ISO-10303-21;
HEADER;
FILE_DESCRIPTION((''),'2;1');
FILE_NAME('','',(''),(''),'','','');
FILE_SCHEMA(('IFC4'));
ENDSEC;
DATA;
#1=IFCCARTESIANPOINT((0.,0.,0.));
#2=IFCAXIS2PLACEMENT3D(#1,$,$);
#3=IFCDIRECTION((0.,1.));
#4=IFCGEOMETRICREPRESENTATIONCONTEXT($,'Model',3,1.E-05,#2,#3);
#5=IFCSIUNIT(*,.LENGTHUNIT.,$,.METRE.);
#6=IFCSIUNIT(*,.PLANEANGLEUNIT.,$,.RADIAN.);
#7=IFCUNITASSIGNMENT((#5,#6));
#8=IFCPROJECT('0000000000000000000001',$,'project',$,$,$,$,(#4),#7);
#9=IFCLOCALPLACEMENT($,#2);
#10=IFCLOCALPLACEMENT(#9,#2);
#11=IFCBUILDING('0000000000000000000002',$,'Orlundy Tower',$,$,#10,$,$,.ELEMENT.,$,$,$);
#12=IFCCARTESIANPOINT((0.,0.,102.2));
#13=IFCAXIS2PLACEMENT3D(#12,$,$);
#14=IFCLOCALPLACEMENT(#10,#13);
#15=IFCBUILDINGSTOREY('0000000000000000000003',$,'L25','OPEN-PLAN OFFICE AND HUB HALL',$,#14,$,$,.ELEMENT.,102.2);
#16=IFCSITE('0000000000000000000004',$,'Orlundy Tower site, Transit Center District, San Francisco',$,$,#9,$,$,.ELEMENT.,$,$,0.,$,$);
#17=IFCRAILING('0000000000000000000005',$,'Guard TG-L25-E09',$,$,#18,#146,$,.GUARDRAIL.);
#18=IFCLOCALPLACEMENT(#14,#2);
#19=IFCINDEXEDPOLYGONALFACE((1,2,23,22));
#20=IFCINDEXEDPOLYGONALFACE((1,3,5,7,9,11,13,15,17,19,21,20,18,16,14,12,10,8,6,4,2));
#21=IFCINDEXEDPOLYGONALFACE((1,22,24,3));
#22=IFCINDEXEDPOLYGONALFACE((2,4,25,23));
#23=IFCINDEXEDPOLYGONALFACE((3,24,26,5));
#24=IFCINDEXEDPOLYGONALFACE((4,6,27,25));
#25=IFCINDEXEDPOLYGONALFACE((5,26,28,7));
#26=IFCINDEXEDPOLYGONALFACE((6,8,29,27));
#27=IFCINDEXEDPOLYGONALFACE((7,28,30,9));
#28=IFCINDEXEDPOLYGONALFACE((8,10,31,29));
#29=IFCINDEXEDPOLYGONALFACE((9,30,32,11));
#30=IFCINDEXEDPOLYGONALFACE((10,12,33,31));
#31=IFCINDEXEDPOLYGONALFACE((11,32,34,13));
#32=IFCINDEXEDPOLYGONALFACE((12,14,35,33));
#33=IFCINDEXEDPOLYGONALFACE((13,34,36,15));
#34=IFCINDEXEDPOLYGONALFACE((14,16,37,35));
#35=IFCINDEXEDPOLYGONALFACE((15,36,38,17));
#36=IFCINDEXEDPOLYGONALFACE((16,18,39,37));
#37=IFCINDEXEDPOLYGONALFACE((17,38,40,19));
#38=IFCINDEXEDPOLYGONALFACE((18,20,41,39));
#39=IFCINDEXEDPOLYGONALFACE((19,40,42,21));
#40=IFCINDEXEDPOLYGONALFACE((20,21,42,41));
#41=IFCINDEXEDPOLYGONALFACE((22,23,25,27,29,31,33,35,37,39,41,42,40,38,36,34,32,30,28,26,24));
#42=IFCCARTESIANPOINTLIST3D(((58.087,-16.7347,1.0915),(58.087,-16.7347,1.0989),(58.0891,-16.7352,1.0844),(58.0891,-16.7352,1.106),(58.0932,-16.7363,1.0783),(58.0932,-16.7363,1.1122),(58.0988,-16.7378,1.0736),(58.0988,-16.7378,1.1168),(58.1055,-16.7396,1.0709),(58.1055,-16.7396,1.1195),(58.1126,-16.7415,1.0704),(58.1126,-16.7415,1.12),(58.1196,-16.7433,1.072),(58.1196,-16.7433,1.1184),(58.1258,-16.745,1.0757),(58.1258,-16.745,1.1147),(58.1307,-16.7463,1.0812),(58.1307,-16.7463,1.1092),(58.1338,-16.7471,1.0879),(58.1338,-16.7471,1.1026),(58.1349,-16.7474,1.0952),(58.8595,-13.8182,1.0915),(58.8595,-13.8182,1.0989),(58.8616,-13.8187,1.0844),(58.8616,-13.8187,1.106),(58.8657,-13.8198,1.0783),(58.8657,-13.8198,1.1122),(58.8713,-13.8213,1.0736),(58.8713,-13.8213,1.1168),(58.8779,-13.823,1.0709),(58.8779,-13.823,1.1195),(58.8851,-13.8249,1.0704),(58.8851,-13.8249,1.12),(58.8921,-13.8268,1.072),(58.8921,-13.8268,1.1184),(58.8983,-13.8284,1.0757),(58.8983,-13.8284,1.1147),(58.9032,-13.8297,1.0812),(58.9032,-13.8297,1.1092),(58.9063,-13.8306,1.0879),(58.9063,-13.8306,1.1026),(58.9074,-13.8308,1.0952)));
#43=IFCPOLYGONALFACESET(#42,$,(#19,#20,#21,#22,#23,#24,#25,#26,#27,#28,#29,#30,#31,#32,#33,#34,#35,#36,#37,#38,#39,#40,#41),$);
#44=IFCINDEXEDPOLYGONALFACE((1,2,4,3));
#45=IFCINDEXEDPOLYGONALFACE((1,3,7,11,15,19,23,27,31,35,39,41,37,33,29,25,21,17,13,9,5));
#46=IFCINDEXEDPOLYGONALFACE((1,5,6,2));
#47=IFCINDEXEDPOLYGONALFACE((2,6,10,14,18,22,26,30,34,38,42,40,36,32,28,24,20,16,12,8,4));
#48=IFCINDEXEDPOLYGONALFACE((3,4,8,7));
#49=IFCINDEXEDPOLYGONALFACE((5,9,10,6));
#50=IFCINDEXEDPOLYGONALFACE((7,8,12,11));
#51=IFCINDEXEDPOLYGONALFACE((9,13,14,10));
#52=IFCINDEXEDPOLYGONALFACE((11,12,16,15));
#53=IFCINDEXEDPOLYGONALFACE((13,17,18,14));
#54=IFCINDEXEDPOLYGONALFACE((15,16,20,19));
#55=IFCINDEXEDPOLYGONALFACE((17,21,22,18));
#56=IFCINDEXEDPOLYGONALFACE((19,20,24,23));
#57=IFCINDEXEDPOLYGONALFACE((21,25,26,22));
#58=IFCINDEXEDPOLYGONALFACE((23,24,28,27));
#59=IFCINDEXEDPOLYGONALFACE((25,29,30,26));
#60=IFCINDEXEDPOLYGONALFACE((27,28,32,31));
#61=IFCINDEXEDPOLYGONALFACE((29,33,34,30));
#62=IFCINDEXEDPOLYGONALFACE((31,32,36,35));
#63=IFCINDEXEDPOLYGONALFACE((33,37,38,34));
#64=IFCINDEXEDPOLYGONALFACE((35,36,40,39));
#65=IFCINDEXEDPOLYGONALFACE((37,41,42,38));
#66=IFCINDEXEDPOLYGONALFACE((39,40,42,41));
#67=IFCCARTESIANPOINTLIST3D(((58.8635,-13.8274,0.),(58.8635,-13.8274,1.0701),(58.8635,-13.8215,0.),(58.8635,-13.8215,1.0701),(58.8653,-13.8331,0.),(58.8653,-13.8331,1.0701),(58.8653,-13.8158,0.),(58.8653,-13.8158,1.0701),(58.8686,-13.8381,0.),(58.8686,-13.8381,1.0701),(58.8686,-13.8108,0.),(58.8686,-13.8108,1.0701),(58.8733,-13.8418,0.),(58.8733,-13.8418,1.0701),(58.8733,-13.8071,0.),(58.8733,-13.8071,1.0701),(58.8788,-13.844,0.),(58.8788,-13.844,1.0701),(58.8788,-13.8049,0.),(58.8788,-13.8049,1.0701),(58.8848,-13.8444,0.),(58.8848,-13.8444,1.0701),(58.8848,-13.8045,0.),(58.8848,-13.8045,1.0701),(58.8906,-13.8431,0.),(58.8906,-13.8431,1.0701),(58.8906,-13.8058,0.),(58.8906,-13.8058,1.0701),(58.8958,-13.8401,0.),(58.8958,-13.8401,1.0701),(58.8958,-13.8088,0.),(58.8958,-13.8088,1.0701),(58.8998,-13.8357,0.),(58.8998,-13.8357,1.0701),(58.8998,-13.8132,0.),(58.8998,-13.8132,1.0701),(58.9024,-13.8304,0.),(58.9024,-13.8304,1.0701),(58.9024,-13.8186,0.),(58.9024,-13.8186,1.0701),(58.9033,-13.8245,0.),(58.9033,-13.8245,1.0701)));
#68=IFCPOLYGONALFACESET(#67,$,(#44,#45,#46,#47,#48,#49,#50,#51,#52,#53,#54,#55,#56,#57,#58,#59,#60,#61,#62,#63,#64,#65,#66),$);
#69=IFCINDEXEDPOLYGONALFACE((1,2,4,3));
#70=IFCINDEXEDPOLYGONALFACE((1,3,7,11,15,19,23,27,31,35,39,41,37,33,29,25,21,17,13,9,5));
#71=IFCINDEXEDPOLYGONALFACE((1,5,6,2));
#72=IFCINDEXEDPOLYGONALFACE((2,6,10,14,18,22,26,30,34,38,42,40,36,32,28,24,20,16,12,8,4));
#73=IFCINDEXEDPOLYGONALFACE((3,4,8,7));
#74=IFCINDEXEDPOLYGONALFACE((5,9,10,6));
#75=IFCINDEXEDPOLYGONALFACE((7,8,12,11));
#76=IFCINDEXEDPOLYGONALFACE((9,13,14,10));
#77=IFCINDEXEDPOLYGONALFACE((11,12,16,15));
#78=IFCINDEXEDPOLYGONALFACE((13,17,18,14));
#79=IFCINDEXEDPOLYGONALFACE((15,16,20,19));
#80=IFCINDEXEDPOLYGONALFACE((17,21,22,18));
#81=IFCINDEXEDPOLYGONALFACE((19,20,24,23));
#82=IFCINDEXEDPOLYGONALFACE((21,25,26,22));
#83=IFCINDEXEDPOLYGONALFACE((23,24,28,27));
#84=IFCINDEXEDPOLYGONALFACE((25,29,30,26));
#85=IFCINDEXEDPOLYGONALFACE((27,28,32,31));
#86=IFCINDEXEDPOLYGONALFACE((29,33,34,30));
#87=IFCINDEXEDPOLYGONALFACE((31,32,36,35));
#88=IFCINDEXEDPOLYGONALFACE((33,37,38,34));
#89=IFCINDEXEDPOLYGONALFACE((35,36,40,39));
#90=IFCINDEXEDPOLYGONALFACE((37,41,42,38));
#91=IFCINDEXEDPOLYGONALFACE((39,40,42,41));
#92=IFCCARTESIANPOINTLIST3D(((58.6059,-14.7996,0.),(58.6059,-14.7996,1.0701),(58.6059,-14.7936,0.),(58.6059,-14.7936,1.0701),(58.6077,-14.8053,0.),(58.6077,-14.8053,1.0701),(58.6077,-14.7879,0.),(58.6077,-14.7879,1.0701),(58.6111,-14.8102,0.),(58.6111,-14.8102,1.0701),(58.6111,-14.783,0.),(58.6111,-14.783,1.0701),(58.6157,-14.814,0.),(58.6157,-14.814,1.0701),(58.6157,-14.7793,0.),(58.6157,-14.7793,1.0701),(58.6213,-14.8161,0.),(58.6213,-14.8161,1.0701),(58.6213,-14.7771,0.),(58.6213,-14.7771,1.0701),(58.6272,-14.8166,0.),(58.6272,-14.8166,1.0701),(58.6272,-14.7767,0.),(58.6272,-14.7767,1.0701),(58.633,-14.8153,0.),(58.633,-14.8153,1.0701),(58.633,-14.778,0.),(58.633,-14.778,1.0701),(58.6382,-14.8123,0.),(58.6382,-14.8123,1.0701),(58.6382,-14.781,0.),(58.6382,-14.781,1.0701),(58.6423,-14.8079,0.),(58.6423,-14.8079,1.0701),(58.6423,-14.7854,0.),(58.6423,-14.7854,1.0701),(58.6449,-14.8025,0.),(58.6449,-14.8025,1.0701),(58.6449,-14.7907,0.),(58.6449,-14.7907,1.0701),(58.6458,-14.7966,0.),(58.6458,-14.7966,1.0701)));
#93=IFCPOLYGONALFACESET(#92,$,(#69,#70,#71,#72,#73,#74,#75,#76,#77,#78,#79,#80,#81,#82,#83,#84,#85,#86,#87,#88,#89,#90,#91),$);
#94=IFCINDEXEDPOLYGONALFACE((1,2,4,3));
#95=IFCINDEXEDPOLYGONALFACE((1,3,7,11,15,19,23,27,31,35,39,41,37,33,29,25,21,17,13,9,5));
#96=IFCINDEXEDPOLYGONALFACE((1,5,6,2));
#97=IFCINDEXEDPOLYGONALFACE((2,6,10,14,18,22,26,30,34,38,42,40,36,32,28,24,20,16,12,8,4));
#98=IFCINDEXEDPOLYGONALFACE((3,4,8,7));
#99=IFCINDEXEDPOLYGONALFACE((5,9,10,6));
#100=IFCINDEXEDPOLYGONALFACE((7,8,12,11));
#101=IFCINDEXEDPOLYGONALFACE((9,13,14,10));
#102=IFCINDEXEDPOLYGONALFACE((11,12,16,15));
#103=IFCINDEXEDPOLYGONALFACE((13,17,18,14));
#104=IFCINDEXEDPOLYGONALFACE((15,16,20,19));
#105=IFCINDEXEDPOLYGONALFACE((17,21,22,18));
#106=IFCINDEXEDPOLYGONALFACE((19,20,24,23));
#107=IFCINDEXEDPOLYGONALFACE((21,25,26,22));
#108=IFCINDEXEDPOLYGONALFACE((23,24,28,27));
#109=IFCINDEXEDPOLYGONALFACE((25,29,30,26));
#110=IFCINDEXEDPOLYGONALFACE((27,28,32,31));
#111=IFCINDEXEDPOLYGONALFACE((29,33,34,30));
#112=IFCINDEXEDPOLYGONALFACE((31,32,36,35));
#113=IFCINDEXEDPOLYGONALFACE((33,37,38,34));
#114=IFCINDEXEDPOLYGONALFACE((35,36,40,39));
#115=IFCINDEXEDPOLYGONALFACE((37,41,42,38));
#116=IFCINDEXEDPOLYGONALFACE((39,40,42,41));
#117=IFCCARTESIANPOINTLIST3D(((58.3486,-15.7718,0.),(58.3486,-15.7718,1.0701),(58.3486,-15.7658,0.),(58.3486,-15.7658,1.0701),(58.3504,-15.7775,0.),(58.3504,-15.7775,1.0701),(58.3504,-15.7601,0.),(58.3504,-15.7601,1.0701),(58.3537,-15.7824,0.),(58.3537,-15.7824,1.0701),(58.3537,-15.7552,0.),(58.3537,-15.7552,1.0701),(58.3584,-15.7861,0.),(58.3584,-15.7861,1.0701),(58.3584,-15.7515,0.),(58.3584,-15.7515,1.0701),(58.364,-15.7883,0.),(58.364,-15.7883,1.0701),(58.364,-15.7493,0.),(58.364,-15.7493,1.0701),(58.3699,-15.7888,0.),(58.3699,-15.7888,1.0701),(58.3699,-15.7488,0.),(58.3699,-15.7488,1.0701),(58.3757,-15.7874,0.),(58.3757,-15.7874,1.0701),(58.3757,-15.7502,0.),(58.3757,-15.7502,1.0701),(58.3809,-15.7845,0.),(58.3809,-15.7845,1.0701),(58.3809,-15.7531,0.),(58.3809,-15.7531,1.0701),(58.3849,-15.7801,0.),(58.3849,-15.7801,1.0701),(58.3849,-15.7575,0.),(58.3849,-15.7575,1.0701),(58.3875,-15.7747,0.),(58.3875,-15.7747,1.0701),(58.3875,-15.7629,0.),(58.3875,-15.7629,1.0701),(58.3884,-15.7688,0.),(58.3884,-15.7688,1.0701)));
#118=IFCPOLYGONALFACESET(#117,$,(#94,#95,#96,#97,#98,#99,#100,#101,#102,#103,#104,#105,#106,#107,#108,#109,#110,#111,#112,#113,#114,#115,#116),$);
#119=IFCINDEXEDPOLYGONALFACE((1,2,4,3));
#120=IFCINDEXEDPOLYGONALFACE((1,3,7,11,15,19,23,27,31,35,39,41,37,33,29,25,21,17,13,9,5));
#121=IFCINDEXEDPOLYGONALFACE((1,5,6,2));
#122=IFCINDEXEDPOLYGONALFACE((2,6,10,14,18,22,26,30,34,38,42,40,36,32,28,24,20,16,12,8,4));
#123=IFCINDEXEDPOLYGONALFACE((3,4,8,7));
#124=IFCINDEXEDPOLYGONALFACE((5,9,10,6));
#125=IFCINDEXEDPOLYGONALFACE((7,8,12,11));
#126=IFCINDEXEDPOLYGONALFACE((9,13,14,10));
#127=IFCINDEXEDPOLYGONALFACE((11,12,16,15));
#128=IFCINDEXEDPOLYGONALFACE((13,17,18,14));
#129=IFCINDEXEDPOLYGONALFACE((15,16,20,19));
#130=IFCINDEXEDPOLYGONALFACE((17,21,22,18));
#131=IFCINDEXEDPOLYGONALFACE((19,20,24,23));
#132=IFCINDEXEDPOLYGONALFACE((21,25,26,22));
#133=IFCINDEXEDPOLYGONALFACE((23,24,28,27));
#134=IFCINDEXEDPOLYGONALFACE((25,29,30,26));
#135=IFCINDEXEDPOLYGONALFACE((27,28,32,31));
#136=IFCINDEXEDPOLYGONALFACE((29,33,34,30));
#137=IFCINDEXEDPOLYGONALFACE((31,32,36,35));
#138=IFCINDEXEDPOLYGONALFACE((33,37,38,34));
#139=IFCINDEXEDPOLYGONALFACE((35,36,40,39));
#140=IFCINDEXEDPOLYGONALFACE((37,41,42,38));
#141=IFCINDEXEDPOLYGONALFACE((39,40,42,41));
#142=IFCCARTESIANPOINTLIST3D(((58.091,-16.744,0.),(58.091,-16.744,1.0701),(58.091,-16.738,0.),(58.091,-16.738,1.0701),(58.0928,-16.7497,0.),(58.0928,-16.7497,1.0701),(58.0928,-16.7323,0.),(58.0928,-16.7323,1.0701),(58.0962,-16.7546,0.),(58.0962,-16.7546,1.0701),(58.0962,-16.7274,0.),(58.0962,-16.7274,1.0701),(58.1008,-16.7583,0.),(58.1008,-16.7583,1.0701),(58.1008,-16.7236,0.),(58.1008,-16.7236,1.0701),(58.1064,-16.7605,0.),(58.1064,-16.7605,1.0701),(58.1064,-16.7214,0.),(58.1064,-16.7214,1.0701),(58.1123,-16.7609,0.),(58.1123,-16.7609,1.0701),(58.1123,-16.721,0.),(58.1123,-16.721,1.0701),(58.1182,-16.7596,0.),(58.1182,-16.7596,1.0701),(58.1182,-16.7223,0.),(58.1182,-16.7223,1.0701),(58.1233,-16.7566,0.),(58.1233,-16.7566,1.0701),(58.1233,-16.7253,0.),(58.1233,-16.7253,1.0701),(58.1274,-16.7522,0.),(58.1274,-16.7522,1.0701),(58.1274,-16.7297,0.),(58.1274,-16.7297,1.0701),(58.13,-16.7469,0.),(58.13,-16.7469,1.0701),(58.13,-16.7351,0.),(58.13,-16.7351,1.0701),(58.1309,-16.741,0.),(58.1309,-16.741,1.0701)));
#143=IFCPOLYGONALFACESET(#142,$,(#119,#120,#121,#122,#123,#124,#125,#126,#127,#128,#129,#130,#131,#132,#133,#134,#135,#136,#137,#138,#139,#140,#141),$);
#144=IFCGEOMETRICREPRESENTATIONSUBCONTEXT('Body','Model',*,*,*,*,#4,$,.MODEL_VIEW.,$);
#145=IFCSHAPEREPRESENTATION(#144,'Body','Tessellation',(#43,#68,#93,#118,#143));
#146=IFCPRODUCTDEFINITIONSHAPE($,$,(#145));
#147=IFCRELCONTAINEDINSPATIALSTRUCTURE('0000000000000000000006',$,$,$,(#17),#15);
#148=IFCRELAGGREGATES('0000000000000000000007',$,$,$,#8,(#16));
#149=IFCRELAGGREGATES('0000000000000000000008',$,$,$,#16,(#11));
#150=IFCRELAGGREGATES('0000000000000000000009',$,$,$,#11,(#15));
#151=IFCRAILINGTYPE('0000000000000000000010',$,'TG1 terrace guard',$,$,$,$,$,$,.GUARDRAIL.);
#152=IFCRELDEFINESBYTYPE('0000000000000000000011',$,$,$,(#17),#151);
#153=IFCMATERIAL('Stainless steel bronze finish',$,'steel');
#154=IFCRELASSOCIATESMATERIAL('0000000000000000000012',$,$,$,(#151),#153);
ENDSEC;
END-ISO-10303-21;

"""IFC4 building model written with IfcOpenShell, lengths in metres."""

from ifc_helpers import new_model, si_unit, direction, frame, origin, origin_2d, place, context, subcontext, project, spatial, circle, extrude, material, type_object, element, save


model = new_model("IFC4")

# Units and contexts
model_context = context("Model", 3, precision=1e-05, world=origin(), true_north=direction((0.0, 1.0)))
body_context = subcontext(model_context, "Body", "Model", "MODEL_VIEW")
ifc_project = project(units=[si_unit("LENGTHUNIT", "METRE"), si_unit("PLANEANGLEUNIT", "RADIAN")], contexts=[model_context])

# Site, building, storey
site_placement = place(None, origin())
site = spatial("IfcSite", under=ifc_project, at=site_placement, Name="Orlundy Tower site, Transit Center District, San Francisco", CompositionType="ELEMENT", RefElevation=0.0)
building_placement = place(site_placement, origin())
building = spatial("IfcBuilding", under=site, at=building_placement, Name="Orlundy Tower", CompositionType="ELEMENT")
storey_placement = place(building_placement, frame((0.0, 0.0, 102.2)))
storey = spatial("IfcBuildingStorey", under=building, at=storey_placement, Name="L25", Description="OPEN-PLAN OFFICE AND HUB HALL", CompositionType="ELEMENT", Elevation=102.2)

# Railing
ifc_material_1 = material(Name="Stainless steel bronze finish", Category="steel")
railing_type = type_object("IfcRailingType", Name="TG1 terrace guard", PredefinedType="GUARDRAIL", material=ifc_material_1)
railing_placement = place(storey_placement, frame((58.8833, -13.8245, 0.0)))
element("IfcRailing", 1, at=railing_placement, inside=storey, type_object=railing_type, Name="Guard TG-L25-E09", PredefinedType="GUARDRAIL", context=body_context, shape_type="SweptSolid", body=[
    extrude(circle(Radius=0.0249, at=origin_2d()), frame((0.0, 0.0, 1.0952), z_axis=(-0.25603, -0.966669, 0.0), x_axis=(0.966669, -0.25603, 0.0)), (0.0, 0.0, 1.0), 3.0171),
    extrude(circle(Radius=0.02, at=origin_2d()), origin(), (0.0, 0.0, 1.0), 1.0701),
    extrude(circle(Radius=0.02, at=origin_2d()), frame((-0.2576, -0.9722, 0.0)), (0.0, 0.0, 1.0), 1.0701),
    extrude(circle(Radius=0.02, at=origin_2d()), frame((-0.5149, -1.9443, 0.0)), (0.0, 0.0, 1.0), 1.0701),
    extrude(circle(Radius=0.02, at=origin_2d()), frame((-0.7725, -2.9165, 0.0)), (0.0, 0.0, 1.0), 1.0701),
])

save(model, "model.ifc")
